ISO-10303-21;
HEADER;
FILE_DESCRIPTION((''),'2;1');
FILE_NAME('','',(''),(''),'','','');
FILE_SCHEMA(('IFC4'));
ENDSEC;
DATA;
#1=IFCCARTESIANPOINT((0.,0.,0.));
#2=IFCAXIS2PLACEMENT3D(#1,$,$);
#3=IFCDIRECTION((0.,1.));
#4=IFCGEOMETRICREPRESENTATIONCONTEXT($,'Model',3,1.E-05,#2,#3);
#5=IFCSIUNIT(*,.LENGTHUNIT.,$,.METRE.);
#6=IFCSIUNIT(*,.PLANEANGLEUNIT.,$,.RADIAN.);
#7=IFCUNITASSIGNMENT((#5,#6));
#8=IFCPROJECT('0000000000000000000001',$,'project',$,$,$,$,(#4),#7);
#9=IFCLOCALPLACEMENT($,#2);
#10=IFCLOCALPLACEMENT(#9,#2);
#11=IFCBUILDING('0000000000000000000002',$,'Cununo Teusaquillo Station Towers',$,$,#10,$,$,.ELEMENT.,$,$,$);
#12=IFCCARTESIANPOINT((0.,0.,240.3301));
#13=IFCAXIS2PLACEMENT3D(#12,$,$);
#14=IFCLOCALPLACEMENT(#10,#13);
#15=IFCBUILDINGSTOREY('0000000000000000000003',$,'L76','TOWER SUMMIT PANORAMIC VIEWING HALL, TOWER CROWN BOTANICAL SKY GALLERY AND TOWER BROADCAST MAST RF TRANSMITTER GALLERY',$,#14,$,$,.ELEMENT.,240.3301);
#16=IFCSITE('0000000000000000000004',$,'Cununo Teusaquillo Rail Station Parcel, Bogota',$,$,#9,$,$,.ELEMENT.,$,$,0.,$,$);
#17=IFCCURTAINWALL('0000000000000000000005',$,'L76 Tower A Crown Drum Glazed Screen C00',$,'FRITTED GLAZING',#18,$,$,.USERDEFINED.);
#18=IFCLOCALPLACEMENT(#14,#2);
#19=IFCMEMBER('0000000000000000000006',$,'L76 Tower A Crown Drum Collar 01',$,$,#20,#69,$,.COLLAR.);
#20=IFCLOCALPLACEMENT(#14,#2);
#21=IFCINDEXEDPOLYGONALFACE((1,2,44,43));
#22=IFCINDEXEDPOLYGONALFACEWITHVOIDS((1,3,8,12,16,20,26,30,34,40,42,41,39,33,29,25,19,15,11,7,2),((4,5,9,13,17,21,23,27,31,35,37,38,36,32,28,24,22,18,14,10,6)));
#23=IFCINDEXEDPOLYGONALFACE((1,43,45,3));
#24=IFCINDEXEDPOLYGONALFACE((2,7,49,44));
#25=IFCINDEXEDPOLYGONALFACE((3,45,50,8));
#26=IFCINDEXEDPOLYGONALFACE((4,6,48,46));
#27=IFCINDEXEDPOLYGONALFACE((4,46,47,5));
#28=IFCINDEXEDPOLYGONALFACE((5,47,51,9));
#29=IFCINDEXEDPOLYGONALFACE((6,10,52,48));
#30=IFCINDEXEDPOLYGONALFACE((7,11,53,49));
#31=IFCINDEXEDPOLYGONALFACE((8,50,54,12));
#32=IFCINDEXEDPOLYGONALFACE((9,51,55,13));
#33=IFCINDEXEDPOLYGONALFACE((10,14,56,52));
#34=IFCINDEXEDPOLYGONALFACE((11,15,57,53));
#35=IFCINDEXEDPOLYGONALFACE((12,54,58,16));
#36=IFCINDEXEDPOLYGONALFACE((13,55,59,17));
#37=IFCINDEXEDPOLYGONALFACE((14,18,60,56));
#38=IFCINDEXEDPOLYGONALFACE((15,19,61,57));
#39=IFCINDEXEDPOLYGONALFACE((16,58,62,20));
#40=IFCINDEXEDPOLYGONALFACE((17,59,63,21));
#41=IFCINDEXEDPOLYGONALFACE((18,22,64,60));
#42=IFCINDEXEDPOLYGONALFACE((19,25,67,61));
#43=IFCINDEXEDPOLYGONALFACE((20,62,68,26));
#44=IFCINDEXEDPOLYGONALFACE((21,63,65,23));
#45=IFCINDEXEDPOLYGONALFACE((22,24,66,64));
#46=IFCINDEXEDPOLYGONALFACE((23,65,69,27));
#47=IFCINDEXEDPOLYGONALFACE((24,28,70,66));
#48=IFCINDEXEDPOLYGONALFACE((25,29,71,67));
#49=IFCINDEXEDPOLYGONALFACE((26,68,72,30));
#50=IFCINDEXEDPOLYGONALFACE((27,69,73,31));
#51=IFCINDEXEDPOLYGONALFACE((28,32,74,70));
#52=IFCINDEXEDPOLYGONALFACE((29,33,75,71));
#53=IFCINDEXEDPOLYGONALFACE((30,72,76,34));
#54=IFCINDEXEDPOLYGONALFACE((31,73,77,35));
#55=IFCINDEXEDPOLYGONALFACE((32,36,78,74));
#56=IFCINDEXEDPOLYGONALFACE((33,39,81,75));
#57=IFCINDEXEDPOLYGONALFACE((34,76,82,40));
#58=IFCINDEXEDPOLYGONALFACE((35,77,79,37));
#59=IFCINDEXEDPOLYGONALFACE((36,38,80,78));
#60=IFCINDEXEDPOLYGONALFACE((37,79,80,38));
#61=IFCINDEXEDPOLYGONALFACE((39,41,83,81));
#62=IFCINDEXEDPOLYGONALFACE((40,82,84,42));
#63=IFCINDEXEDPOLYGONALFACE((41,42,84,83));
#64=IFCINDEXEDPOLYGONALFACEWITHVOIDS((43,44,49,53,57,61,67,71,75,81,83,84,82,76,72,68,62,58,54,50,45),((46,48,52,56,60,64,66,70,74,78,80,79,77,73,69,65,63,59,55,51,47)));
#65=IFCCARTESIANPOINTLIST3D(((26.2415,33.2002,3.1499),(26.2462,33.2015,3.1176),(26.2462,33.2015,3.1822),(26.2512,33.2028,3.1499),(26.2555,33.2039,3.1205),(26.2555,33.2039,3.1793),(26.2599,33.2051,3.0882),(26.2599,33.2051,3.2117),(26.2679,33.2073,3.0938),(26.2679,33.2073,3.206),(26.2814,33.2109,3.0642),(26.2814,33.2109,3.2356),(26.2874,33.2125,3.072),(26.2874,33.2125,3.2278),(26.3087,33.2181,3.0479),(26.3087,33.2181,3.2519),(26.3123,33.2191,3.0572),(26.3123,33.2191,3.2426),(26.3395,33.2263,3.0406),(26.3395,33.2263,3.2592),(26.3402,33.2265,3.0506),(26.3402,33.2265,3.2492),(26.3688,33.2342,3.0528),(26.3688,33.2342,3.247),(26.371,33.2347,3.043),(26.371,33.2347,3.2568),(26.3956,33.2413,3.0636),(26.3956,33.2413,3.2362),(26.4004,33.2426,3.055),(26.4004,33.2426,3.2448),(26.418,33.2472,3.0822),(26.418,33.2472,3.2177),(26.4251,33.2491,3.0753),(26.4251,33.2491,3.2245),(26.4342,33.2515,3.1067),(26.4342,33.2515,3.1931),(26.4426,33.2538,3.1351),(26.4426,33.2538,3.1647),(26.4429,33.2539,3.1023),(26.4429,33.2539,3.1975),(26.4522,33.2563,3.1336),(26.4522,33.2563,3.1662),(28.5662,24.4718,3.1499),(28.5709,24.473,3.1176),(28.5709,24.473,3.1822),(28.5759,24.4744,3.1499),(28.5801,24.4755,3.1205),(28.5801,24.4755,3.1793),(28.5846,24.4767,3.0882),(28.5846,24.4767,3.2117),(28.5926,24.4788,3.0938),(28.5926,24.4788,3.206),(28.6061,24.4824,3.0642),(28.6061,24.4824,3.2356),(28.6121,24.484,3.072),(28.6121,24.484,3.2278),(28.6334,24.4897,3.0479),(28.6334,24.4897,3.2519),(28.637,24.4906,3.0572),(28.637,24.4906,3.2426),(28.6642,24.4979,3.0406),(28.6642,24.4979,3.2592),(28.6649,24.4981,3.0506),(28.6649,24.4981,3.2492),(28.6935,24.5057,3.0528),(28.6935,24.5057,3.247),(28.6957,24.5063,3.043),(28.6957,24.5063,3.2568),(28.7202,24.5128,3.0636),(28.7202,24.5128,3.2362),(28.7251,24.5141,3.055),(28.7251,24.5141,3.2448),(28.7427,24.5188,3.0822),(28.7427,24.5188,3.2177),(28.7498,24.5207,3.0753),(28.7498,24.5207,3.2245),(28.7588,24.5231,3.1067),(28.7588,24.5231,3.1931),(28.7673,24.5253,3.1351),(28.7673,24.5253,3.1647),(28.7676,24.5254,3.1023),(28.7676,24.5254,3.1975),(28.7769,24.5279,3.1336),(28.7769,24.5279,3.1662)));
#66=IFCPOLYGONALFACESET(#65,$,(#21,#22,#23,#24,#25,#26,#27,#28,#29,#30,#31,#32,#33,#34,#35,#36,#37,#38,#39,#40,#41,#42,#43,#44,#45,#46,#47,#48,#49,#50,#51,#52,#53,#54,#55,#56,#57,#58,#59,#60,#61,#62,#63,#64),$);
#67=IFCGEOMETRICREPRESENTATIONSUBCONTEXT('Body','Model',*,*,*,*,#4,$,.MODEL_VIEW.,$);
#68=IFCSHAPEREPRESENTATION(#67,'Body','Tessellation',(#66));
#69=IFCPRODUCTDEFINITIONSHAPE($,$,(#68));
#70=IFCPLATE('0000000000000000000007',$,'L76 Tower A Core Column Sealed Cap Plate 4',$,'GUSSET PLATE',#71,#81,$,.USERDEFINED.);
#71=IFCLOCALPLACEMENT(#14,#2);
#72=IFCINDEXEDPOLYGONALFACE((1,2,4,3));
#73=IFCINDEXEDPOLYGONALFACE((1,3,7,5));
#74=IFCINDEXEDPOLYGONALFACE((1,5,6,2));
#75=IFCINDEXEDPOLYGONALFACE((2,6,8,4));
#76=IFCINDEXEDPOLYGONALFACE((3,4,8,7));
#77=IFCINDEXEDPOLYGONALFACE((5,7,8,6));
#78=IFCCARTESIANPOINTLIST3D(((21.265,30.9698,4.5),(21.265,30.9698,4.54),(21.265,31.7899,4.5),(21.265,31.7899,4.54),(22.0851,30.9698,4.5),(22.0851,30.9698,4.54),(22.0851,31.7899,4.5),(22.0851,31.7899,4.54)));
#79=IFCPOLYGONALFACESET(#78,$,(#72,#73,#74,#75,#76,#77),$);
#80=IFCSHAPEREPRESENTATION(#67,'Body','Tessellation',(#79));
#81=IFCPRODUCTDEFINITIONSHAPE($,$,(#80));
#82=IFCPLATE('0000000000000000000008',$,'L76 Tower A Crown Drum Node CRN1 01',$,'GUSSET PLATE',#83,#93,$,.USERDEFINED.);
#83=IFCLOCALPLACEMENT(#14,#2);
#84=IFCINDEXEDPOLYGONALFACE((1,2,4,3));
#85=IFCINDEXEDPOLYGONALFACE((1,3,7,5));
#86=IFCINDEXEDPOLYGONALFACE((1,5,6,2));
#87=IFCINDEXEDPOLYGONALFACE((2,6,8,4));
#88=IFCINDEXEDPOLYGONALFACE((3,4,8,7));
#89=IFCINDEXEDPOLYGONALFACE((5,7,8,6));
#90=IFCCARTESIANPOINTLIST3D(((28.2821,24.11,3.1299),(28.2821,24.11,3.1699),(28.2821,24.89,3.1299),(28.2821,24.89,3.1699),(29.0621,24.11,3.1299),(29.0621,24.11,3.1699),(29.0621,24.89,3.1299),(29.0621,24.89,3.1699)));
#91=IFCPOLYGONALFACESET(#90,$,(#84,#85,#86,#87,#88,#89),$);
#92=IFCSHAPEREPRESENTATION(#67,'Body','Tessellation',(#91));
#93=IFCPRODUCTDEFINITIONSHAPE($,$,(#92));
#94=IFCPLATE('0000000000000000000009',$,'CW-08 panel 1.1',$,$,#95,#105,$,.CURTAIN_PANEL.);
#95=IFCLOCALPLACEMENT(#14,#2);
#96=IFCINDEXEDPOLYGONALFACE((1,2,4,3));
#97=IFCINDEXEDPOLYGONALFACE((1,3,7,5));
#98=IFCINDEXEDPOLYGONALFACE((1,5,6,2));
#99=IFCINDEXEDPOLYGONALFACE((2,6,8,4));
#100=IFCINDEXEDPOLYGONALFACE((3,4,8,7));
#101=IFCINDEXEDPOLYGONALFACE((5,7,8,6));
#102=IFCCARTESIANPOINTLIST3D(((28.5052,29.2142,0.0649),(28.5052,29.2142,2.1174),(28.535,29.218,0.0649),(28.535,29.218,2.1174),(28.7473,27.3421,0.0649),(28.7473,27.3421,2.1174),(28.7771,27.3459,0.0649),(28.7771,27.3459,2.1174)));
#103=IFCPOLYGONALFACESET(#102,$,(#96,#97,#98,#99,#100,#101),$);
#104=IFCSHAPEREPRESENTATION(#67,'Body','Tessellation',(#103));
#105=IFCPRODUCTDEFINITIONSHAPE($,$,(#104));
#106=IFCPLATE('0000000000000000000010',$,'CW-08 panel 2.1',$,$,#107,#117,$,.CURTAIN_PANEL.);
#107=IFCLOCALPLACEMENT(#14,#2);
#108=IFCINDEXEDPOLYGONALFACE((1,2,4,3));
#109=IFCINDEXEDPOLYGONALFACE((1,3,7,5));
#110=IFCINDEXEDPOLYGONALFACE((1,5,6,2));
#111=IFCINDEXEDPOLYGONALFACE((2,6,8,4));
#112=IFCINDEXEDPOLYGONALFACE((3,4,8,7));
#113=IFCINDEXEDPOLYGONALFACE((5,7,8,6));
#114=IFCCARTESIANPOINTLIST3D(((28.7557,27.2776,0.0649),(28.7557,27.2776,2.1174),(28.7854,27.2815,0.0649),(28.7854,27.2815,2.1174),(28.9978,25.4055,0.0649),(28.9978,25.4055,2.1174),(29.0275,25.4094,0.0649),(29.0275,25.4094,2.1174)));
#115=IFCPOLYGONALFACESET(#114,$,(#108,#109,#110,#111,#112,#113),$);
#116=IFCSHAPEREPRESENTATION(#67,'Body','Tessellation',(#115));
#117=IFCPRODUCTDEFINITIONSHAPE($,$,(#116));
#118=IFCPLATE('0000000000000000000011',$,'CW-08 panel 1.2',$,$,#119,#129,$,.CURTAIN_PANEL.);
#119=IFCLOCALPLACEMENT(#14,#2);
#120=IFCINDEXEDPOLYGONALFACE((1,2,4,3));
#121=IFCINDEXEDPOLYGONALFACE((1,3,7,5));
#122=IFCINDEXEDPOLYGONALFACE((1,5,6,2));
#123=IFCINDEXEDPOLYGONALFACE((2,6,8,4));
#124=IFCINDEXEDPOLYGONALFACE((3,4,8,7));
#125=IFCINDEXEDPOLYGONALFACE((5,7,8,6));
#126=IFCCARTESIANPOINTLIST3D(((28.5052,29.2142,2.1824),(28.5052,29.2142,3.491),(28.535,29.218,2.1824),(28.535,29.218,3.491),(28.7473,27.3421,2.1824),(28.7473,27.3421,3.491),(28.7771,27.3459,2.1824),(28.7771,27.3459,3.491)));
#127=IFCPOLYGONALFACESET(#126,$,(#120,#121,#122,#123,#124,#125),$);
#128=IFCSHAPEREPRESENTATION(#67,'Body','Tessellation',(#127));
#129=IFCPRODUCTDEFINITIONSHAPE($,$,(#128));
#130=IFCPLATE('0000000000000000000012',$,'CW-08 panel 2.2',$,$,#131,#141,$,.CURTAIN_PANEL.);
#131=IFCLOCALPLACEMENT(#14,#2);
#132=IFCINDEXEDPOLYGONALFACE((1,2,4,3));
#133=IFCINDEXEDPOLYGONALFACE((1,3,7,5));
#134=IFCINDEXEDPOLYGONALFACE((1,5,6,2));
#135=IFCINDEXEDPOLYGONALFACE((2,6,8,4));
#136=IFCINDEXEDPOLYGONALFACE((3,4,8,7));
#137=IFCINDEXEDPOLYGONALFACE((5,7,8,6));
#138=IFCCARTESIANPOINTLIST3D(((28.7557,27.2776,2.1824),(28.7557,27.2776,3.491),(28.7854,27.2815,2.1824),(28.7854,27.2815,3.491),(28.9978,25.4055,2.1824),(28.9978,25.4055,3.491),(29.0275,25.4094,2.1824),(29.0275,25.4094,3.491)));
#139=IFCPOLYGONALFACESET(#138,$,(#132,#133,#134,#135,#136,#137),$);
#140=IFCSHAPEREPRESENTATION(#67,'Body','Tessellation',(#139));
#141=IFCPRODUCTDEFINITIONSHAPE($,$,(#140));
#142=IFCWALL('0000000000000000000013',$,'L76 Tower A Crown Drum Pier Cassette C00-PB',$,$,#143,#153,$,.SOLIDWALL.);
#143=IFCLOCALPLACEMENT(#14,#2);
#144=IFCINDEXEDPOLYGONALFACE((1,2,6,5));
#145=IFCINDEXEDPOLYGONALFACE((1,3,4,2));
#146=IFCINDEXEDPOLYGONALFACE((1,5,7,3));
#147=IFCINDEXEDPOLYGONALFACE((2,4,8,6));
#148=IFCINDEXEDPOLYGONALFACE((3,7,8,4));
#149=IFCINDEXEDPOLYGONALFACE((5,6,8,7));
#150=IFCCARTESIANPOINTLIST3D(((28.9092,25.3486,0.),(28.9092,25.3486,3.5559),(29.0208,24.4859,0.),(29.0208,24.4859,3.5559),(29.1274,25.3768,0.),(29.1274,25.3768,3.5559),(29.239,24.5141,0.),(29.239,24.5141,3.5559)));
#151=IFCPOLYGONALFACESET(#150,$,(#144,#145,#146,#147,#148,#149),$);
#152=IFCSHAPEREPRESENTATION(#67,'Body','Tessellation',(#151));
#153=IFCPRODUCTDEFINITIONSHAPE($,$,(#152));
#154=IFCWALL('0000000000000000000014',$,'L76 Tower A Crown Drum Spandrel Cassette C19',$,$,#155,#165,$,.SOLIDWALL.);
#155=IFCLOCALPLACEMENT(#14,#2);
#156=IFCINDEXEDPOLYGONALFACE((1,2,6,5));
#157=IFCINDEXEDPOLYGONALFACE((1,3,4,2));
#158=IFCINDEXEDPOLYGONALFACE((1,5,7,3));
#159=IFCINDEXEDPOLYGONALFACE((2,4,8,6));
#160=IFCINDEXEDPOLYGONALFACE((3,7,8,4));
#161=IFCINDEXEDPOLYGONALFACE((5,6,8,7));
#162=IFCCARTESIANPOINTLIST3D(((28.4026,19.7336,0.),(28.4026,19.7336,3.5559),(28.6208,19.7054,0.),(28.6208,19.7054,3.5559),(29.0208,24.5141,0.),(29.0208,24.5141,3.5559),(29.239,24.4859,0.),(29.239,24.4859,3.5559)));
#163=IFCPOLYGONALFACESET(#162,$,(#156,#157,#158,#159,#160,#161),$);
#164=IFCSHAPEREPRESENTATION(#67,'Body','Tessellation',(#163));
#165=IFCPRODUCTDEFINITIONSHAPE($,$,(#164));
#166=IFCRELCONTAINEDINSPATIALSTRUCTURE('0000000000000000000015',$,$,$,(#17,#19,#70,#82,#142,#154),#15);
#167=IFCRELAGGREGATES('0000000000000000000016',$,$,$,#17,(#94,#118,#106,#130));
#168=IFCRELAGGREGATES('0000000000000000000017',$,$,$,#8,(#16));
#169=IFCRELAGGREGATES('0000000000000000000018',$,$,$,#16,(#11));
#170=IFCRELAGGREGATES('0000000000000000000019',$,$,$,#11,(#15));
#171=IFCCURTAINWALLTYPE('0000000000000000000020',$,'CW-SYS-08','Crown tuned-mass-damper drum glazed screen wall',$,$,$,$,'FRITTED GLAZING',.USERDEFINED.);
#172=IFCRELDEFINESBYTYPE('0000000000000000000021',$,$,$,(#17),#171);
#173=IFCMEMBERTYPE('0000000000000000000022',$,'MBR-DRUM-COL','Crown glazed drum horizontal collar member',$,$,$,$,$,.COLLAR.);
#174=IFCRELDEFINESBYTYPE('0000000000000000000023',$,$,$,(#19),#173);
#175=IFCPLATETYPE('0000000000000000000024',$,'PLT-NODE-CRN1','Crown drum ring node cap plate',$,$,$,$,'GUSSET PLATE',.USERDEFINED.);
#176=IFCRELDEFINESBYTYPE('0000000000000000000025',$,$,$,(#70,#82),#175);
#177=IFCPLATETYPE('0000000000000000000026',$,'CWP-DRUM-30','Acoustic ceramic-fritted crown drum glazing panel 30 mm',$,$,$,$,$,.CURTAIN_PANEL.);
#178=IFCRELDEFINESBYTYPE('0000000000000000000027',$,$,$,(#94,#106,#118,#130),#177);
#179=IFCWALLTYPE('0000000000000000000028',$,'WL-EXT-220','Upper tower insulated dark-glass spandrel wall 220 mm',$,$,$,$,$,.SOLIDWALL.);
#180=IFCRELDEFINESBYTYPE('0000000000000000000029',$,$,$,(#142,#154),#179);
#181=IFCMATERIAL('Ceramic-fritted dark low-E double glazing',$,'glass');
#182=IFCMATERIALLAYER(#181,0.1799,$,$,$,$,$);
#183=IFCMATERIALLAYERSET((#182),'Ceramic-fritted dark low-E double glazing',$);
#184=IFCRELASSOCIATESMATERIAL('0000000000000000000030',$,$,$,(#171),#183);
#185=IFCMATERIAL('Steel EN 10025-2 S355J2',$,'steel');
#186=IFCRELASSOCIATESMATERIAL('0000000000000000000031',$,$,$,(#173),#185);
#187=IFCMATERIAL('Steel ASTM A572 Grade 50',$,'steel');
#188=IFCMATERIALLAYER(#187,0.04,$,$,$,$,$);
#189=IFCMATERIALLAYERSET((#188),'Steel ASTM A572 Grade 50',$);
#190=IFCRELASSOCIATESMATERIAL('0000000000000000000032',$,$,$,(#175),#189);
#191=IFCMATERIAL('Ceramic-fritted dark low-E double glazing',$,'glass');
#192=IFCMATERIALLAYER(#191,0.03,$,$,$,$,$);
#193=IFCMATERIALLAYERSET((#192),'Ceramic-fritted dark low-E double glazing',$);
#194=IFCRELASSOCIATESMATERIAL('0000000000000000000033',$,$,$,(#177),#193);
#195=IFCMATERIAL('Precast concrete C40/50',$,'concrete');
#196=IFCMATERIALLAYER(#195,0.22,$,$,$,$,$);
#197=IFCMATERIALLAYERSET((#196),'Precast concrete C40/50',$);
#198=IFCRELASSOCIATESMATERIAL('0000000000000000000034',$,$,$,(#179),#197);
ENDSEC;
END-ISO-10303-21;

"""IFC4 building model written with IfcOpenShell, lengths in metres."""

from ifc_helpers import new_model, si_unit, direction, frame, frame_2d, origin, origin_2d, place, context, subcontext, project, spatial, rectangle, hollow_circle, extrude, source, transform, mapped, material, layer, layer_set, material_profile, profile_set, type_object, element, aggregate, save


model = new_model("IFC4")

# Units and contexts
model_context = context("Model", 3, precision=1e-05, world=origin(), true_north=direction((0.0, 1.0)))
body_context = subcontext(model_context, "Body", "Model", "MODEL_VIEW")
ifc_project = project(units=[si_unit("LENGTHUNIT", "METRE"), si_unit("PLANEANGLEUNIT", "RADIAN")], contexts=[model_context])

# Site, building, storey
site_placement = place(None, origin())
site = spatial("IfcSite", under=ifc_project, at=site_placement, Name="Cununo Teusaquillo Rail Station Parcel, Bogota", CompositionType="ELEMENT", RefElevation=0.0)
building_placement = place(site_placement, origin())
building = spatial("IfcBuilding", under=site, at=building_placement, Name="Cununo Teusaquillo Station Towers", CompositionType="ELEMENT")
storey_placement = place(building_placement, frame((0.0, 0.0, 240.3301)))
storey = spatial("IfcBuildingStorey", under=building, at=storey_placement, Name="L76", Description="TOWER SUMMIT PANORAMIC VIEWING HALL, TOWER CROWN BOTANICAL SKY GALLERY AND TOWER BROADCAST MAST RF TRANSMITTER GALLERY", CompositionType="ELEMENT", Elevation=240.3301)

# Curtain wall
ifc_material_1 = material(Name="Ceramic-fritted dark low-E double glazing", Category="glass")
ifc_layer_1 = layer(ifc_material_1, 0.1799)
ifc_layer_set_1 = layer_set([ifc_layer_1], Name="Ceramic-fritted dark low-E double glazing")
curtain_wall_type = type_object("IfcCurtainWallType", Name="CW-SYS-08", Description="Crown tuned-mass-damper drum glazed screen wall", ElementType="FRITTED GLAZING", PredefinedType="USERDEFINED", material=ifc_layer_set_1)
curtain_wall_placement = place(storey_placement, origin())
curtain_wall = element("IfcCurtainWall", 1, at=curtain_wall_placement, inside=storey, type_object=curtain_wall_type, Name="L76 Tower A Crown Drum Glazed Screen C00", ObjectType="FRITTED GLAZING", PredefinedType="USERDEFINED")

# Member
ifc_material_2 = material(Name="Steel EN 10025-2 S355J2", Category="steel")
ifc_material_profile_1 = material_profile(ifc_material_2, hollow_circle(Radius=0.1096, WallThickness=0.01, at=origin_2d()), Name="CHS 219x10")
ifc_profile_set_1 = profile_set([ifc_material_profile_1], Name="Steel EN 10025-2 S355J2")
member_type_1 = type_object("IfcMemberType", Name="MBR-DRUM-COL", Description="Crown glazed drum horizontal collar member", PredefinedType="COLLAR", material=ifc_profile_set_1)
member_1_placement = place(storey_placement, frame((28.6721, 24.5, 3.1499), z_axis=(-0.257363, 0.966315, 0.0), x_axis=(-0.966315, -0.257363, 0.0)))
element("IfcMember", 2, at=member_1_placement, inside=storey, type_object=member_type_1, Name="L76 Tower A Crown Drum Collar 01", PredefinedType="COLLAR", context=body_context, shape_type="SweptSolid", body=[
    extrude(hollow_circle(Radius=0.1096, WallThickness=0.01, at=origin_2d()), origin(), (0.0, 0.0, 1.0), 9.0327),
])

# Plates
ifc_material_3 = material(Name="Steel ASTM A572 Grade 50", Category="steel")
ifc_layer_2 = layer(ifc_material_3, 0.04)
ifc_layer_set_2 = layer_set([ifc_layer_2], Name="Steel ASTM A572 Grade 50")
plate_type_1 = type_object("IfcPlateType", Name="PLT-NODE-CRN1", Description="Crown drum ring node cap plate", ElementType="GUSSET PLATE", PredefinedType="USERDEFINED", material=ifc_layer_set_2)
shared_shape_1 = source(origin(), body_context, "Body", "SweptSolid", [
    extrude(rectangle(XDim=0.8201, YDim=0.8201, at=origin_2d()), origin(), (0.0, 0.0, 1.0), 0.04),
])
plate_1_placement = place(storey_placement, frame((21.675, 31.3799, 4.5), z_axis=(0.0, 0.0, 1.0), x_axis=(1.0, 0.0, 0.0)))
element("IfcPlate", 3, at=plate_1_placement, inside=storey, type_object=plate_type_1, Name="L76 Tower A Core Column Sealed Cap Plate 4", ObjectType="GUSSET PLATE", PredefinedType="USERDEFINED", context=body_context, shape_type="MappedRepresentation", body=[
    mapped(shared_shape_1, transform((0.0, 0.0, 0.0), x_axis=(1.0, 0.0, 0.0), y_axis=(0.0, 1.0, 0.0), z_axis=(0.0, 0.0, 1.0), scale=1.0)),
])
shared_shape_2 = source(origin(), body_context, "Body", "SweptSolid", [
    extrude(rectangle(XDim=0.78, YDim=0.78, at=origin_2d()), origin(), (0.0, 0.0, 1.0), 0.04),
])
plate_2_placement = place(storey_placement, frame((28.6721, 24.5, 3.1299), z_axis=(0.0, 0.0, 1.0), x_axis=(1.0, 0.0, 0.0)))
element("IfcPlate", 4, at=plate_2_placement, inside=storey, type_object=plate_type_1, Name="L76 Tower A Crown Drum Node CRN1 01", ObjectType="GUSSET PLATE", PredefinedType="USERDEFINED", context=body_context, shape_type="MappedRepresentation", body=[
    mapped(shared_shape_2, transform((0.0, 0.0, 0.0), x_axis=(1.0, 0.0, 0.0), y_axis=(0.0, 1.0, 0.0), z_axis=(0.0, 0.0, 1.0), scale=1.0)),
])

# Plates
ifc_material_4 = material(Name="Ceramic-fritted dark low-E double glazing", Category="glass")
ifc_layer_3 = layer(ifc_material_4, 0.03)
ifc_layer_set_3 = layer_set([ifc_layer_3], Name="Ceramic-fritted dark low-E double glazing")
plate_type_2 = type_object("IfcPlateType", Name="CWP-DRUM-30", Description="Acoustic ceramic-fritted crown drum glazing panel 30 mm", PredefinedType="CURTAIN_PANEL", material=ifc_layer_set_3)
shared_shape_3 = source(origin(), body_context, "Body", "SweptSolid", [
    extrude(rectangle(XDim=1.8877, YDim=0.03, at=origin_2d()), origin(), (0.0, 0.0, 1.0), 2.0525),
])
plate_3_placement = place(storey_placement, frame((28.6411, 28.28, 0.0649), z_axis=(0.0, 0.0, 1.0), x_axis=(0.128253, -0.991742, 0.0)))
plate_3 = element("IfcPlate", 5, at=plate_3_placement, type_object=plate_type_2, Name="CW-08 panel 1.1", PredefinedType="CURTAIN_PANEL", context=body_context, shape_type="MappedRepresentation", body=[
    mapped(shared_shape_3, transform((0.0, 0.0, 0.0), x_axis=(1.0, 0.0, 0.0), y_axis=(0.0, 1.0, 0.0), z_axis=(0.0, 0.0, 1.0), scale=1.0)),
])
plate_4_placement = place(storey_placement, frame((28.8916, 26.3435, 0.0649), z_axis=(0.0, 0.0, 1.0), x_axis=(0.128253, -0.991742, 0.0)))
plate_4 = element("IfcPlate", 6, at=plate_4_placement, type_object=plate_type_2, Name="CW-08 panel 2.1", PredefinedType="CURTAIN_PANEL", context=body_context, shape_type="MappedRepresentation", body=[
    mapped(shared_shape_3, transform((0.0, 0.0, 0.0), x_axis=(1.0, 0.0, 0.0), y_axis=(0.0, 1.0, 0.0), z_axis=(0.0, 0.0, 1.0), scale=1.0)),
])
shared_shape_4 = source(origin(), body_context, "Body", "SweptSolid", [
    extrude(rectangle(XDim=1.8877, YDim=0.03, at=origin_2d()), origin(), (0.0, 0.0, 1.0), 1.3086),
])
plate_5_placement = place(storey_placement, frame((28.6411, 28.28, 2.1824), z_axis=(0.0, 0.0, 1.0), x_axis=(0.128253, -0.991742, 0.0)))
plate_5 = element("IfcPlate", 7, at=plate_5_placement, type_object=plate_type_2, Name="CW-08 panel 1.2", PredefinedType="CURTAIN_PANEL", context=body_context, shape_type="MappedRepresentation", body=[
    mapped(shared_shape_4, transform((0.0, 0.0, 0.0), x_axis=(1.0, 0.0, 0.0), y_axis=(0.0, 1.0, 0.0), z_axis=(0.0, 0.0, 1.0), scale=1.0)),
])
plate_6_placement = place(storey_placement, frame((28.8916, 26.3435, 2.1824), z_axis=(0.0, 0.0, 1.0), x_axis=(0.128253, -0.991742, 0.0)))
plate_6 = element("IfcPlate", 8, at=plate_6_placement, type_object=plate_type_2, Name="CW-08 panel 2.2", PredefinedType="CURTAIN_PANEL", context=body_context, shape_type="MappedRepresentation", body=[
    mapped(shared_shape_4, transform((0.0, 0.0, 0.0), x_axis=(1.0, 0.0, 0.0), y_axis=(0.0, 1.0, 0.0), z_axis=(0.0, 0.0, 1.0), scale=1.0)),
])
aggregate(curtain_wall, [plate_3, plate_5, plate_4, plate_6])

# Walls
ifc_material_5 = material(Name="Precast concrete C40/50", Category="concrete")
ifc_layer_4 = layer(ifc_material_5, 0.22)
ifc_layer_set_4 = layer_set([ifc_layer_4], Name="Precast concrete C40/50")
wall_type_1 = type_object("IfcWallType", Name="WL-EXT-220", Description="Upper tower insulated dark-glass spandrel wall 220 mm", PredefinedType="SOLIDWALL", material=ifc_layer_set_4)
wall_1_placement = place(storey_placement, frame((29.0183, 25.3628, 0.0), z_axis=(0.0, 0.0, 1.0), x_axis=(0.128247, -0.991742, 0.0)))
element("IfcWall", 9, at=wall_1_placement, inside=storey, type_object=wall_type_1, Name="L76 Tower A Crown Drum Pier Cassette C00-PB", PredefinedType="SOLIDWALL", context=body_context, shape_type="SweptSolid", body=[
    extrude(rectangle(XDim=0.8699, YDim=0.22, at=frame_2d((0.4351, 0.0))), origin(), (0.0, 0.0, 1.0), 3.5559),
])
wall_2_placement = place(storey_placement, frame((29.1299, 24.5, 0.0), z_axis=(0.0, 0.0, 1.0), x_axis=(-0.128241, -0.991743, 0.0)))
element("IfcWall", 10, at=wall_2_placement, inside=storey, type_object=wall_type_1, Name="L76 Tower A Crown Drum Spandrel Cassette C19", PredefinedType="SOLIDWALL", context=body_context, shape_type="SweptSolid", body=[
    extrude(rectangle(XDim=4.8203, YDim=0.22, at=frame_2d((2.4102, 0.0))), origin(), (0.0, 0.0, 1.0), 3.5559),
])

save(model, "model.ifc")
